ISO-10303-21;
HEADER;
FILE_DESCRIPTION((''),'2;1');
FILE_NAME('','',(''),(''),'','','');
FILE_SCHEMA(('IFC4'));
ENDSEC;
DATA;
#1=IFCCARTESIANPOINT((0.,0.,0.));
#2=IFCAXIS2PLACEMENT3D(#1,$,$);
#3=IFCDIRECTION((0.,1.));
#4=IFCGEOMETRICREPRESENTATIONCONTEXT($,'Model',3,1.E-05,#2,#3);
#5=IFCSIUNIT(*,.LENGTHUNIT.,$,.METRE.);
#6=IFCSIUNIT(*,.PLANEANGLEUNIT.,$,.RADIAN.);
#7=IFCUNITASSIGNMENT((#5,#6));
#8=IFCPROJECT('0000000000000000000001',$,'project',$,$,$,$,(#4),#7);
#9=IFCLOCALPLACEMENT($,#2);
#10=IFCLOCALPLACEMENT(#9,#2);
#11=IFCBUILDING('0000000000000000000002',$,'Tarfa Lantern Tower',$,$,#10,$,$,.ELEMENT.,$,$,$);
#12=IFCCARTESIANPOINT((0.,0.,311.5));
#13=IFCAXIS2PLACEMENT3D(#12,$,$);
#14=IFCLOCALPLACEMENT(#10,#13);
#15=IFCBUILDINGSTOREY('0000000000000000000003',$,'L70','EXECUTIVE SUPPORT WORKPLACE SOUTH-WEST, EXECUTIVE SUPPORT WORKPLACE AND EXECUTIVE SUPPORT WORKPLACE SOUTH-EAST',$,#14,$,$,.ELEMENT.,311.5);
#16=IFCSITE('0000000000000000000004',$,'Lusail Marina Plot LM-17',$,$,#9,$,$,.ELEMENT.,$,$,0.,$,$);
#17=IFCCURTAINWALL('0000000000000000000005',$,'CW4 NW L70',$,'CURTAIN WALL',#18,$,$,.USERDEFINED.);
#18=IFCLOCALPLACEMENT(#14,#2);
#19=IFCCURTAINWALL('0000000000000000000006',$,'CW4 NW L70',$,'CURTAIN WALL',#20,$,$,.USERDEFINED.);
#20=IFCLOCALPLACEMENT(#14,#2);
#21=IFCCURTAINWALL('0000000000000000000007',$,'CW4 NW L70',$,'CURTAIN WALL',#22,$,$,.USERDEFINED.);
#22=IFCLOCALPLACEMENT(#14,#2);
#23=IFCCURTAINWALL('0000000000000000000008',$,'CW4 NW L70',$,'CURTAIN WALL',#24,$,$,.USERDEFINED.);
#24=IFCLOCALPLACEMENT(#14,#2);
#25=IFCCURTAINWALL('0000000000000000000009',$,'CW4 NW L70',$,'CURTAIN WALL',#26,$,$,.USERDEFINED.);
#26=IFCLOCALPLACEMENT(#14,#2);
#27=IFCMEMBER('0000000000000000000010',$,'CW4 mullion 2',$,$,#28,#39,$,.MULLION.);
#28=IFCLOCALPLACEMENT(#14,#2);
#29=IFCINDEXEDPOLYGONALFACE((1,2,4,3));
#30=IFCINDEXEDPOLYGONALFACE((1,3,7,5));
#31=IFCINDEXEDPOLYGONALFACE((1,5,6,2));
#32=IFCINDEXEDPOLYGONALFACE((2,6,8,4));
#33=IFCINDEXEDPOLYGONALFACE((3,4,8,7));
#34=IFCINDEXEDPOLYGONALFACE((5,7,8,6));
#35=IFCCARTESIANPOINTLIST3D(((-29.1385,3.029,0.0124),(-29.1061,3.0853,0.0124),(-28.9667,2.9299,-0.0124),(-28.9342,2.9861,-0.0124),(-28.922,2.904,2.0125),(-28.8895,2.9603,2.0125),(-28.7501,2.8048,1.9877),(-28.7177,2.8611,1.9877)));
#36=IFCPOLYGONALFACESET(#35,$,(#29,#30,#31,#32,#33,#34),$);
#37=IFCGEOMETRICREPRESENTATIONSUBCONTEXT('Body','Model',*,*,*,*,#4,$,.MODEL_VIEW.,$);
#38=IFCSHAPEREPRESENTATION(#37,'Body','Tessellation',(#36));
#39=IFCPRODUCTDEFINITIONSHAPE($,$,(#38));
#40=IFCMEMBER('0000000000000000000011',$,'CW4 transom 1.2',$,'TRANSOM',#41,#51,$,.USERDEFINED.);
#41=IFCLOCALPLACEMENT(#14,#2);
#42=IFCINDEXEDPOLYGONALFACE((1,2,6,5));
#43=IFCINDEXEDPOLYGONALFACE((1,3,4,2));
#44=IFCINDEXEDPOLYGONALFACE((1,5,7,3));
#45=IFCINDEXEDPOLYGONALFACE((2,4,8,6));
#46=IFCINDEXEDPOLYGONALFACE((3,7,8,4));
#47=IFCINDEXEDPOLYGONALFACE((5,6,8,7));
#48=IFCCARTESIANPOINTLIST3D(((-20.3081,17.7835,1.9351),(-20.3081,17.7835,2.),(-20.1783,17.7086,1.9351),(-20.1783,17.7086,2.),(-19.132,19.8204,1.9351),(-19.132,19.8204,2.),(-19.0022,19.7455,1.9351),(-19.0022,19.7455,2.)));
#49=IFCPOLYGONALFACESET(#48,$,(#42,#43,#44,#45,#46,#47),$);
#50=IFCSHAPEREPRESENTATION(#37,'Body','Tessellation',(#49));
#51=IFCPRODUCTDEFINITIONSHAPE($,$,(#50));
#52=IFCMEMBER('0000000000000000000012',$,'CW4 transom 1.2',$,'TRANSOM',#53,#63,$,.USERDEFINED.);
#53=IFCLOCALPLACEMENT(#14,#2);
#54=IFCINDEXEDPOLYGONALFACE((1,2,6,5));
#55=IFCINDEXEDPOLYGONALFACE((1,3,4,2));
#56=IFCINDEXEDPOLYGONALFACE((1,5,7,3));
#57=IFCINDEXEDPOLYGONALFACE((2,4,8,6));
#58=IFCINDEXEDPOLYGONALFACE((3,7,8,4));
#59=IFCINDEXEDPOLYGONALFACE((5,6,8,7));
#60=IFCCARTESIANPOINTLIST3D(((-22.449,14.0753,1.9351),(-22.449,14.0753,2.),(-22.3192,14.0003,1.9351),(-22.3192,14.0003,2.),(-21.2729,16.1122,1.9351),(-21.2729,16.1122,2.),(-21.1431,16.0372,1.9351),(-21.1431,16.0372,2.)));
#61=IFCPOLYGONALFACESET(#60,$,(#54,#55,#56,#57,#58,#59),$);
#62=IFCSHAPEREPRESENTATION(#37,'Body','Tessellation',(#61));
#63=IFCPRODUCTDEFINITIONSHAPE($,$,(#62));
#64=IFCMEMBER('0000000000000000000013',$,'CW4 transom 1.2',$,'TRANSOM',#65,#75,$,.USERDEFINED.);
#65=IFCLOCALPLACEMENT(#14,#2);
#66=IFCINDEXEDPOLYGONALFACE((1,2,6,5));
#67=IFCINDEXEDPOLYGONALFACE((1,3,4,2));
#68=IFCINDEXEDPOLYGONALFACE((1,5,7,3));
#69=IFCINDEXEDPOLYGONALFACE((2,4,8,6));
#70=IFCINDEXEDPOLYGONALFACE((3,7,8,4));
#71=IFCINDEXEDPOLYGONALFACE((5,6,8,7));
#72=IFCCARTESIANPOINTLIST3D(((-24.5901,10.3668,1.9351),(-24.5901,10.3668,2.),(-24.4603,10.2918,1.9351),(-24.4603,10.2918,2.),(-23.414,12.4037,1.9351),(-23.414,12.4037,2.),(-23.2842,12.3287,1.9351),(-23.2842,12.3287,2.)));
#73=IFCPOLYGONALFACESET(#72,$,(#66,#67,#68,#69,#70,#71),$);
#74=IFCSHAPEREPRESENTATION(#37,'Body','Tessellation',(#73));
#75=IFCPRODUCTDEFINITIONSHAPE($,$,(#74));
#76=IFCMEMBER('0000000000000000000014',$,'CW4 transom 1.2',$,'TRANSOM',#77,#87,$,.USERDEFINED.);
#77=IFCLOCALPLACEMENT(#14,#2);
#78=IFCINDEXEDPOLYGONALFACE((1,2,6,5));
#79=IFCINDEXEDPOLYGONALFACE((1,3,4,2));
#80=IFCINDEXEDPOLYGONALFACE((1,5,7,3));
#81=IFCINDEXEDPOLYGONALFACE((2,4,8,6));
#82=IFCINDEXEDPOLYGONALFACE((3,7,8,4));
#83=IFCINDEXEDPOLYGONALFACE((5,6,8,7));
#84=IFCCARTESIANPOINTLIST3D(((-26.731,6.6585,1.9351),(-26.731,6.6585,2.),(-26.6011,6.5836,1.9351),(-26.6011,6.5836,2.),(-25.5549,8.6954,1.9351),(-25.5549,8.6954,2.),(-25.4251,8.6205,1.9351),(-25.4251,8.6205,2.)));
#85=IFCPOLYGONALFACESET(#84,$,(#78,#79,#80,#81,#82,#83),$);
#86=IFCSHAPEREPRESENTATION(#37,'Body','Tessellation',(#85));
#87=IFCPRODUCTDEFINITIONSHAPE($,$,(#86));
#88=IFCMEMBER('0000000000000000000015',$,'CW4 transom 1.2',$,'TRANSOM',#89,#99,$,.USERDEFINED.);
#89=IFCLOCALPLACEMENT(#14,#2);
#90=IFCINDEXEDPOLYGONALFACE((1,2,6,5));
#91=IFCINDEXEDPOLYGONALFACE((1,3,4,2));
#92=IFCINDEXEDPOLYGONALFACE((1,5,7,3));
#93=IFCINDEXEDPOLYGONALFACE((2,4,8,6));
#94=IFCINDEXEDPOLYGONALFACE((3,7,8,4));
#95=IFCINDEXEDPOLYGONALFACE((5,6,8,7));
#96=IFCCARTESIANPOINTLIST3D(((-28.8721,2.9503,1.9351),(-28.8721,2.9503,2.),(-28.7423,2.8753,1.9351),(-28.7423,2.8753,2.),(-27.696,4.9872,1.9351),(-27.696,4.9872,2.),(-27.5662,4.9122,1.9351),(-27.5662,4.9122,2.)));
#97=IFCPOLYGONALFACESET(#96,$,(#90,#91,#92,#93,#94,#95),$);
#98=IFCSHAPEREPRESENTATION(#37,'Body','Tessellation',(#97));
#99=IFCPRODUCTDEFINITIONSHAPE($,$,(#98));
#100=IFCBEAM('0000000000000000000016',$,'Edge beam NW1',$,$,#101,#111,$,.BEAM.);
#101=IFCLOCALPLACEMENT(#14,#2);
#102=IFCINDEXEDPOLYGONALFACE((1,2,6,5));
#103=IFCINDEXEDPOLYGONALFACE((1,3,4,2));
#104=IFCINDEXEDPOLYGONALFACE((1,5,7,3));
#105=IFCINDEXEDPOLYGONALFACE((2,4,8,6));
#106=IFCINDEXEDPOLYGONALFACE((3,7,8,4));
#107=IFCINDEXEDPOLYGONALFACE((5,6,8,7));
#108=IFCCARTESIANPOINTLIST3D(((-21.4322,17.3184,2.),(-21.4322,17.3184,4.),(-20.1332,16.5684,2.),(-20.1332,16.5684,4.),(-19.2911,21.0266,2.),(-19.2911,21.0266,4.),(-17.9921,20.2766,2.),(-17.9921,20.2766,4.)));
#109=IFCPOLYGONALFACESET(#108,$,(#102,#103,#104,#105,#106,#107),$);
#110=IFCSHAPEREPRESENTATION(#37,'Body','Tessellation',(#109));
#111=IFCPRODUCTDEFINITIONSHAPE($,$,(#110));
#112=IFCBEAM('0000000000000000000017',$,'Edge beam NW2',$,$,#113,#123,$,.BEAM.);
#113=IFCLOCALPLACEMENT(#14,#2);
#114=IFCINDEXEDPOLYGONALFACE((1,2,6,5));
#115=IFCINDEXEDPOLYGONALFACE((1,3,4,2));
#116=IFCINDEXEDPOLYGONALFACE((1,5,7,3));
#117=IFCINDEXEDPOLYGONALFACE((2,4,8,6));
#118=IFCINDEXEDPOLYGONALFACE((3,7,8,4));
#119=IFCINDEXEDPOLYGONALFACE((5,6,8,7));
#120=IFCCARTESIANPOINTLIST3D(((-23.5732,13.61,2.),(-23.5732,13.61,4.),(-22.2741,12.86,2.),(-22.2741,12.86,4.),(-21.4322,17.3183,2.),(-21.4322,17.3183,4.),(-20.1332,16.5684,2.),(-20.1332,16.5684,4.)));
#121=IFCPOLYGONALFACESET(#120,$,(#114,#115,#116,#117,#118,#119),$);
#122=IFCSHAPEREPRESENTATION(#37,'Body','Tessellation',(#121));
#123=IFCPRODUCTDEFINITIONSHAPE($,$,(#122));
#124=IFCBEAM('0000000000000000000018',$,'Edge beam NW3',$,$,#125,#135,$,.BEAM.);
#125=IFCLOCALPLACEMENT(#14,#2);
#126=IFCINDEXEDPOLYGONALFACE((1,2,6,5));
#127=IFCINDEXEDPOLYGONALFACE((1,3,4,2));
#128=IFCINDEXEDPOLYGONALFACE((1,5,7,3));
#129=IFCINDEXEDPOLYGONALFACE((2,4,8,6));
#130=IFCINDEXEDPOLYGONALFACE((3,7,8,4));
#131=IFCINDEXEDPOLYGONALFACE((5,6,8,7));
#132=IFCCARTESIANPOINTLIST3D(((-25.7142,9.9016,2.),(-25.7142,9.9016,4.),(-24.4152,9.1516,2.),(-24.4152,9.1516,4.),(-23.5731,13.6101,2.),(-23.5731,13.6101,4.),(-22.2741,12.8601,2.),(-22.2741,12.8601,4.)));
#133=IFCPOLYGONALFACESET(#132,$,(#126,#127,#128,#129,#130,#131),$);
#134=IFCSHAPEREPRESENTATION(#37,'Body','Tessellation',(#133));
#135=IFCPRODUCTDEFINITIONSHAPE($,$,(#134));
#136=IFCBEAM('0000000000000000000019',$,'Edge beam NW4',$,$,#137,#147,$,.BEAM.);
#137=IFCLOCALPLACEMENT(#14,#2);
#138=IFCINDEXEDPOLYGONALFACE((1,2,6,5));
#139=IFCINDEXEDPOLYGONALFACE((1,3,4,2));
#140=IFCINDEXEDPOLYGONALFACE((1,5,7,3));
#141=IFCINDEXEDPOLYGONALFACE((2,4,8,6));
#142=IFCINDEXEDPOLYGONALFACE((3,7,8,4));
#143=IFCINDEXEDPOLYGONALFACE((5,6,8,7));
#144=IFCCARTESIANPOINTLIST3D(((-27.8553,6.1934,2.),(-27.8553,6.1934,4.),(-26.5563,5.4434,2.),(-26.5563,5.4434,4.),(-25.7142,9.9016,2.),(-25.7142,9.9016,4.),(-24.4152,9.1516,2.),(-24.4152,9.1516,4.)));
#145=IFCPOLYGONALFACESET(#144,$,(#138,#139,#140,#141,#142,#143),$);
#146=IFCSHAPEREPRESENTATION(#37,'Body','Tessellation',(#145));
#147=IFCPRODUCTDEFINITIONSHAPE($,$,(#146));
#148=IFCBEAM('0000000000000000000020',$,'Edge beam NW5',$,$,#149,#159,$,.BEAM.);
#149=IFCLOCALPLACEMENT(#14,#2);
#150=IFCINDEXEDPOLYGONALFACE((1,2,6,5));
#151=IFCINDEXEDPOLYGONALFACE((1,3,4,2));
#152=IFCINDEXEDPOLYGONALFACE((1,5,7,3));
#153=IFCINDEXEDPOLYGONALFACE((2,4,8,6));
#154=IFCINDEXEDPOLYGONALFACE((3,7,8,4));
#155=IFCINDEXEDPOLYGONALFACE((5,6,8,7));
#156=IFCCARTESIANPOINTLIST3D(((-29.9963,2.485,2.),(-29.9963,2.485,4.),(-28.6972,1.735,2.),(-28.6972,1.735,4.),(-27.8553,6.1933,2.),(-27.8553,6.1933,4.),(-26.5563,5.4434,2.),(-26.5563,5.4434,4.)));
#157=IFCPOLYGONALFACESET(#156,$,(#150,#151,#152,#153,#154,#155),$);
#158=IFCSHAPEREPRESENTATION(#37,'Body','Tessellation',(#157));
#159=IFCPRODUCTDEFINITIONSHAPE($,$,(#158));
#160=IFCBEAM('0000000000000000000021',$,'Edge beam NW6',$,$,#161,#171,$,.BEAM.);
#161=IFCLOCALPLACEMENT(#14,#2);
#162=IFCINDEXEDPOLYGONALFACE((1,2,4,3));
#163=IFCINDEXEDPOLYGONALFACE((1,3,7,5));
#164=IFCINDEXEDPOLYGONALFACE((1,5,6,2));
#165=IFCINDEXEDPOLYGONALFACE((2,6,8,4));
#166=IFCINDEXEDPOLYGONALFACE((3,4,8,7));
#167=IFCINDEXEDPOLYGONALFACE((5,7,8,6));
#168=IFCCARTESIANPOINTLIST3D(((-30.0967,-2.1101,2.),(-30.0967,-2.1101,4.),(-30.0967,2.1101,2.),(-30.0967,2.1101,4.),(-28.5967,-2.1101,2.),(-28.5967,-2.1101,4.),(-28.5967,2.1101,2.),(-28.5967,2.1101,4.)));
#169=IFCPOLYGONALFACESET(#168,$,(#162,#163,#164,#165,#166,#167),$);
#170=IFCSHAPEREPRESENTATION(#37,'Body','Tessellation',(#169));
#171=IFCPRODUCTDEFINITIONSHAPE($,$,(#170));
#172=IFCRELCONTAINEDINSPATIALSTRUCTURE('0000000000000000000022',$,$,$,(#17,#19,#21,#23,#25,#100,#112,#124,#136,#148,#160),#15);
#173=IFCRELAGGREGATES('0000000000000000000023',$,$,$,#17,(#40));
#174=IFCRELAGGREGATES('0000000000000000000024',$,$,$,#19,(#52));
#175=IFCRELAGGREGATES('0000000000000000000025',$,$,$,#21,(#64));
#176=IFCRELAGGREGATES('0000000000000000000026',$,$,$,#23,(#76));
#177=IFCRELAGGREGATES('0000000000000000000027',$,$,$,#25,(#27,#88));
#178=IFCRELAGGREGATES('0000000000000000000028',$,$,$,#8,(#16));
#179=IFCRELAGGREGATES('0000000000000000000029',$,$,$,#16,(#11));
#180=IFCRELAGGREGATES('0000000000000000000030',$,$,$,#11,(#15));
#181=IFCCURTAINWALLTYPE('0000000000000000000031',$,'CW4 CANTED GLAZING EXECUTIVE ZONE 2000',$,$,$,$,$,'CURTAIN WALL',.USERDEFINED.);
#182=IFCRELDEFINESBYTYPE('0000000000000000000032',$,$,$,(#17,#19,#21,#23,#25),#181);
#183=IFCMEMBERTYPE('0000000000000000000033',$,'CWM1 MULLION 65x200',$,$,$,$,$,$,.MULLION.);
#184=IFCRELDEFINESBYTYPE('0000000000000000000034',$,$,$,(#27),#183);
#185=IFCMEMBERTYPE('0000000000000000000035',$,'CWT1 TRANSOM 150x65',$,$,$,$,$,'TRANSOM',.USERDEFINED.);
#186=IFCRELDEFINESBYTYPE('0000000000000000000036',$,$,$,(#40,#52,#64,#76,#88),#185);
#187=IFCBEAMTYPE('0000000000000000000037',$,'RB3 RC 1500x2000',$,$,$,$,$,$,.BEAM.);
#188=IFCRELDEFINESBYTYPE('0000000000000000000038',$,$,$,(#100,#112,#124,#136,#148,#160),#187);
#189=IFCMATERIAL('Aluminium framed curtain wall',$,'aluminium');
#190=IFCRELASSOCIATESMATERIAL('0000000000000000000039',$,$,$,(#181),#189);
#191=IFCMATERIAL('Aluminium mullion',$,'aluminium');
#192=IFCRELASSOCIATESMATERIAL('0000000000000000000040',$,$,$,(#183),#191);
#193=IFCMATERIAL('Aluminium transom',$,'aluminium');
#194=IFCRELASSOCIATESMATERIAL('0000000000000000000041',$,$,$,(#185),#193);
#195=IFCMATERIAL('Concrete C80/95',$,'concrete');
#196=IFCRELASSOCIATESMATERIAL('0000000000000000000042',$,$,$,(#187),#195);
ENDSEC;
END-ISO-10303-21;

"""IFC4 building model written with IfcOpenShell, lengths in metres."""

from ifc_helpers import new_model, si_unit, direction, frame, origin, origin_2d, place, context, subcontext, project, spatial, rectangle, extrude, material, material_profile, profile_set, type_object, element, aggregate, save


model = new_model("IFC4")

# Units and contexts
model_context = context("Model", 3, precision=1e-05, world=origin(), true_north=direction((0.0, 1.0)))
body_context = subcontext(model_context, "Body", "Model", "MODEL_VIEW")
ifc_project = project(units=[si_unit("LENGTHUNIT", "METRE"), si_unit("PLANEANGLEUNIT", "RADIAN")], contexts=[model_context])

# Site, building, storey
site_placement = place(None, origin())
site = spatial("IfcSite", under=ifc_project, at=site_placement, Name="Lusail Marina Plot LM-17", CompositionType="ELEMENT", RefElevation=0.0)
building_placement = place(site_placement, origin())
building = spatial("IfcBuilding", under=site, at=building_placement, Name="Tarfa Lantern Tower", CompositionType="ELEMENT")
storey_placement = place(building_placement, frame((0.0, 0.0, 311.5)))
storey = spatial("IfcBuildingStorey", under=building, at=storey_placement, Name="L70", Description="EXECUTIVE SUPPORT WORKPLACE SOUTH-WEST, EXECUTIVE SUPPORT WORKPLACE AND EXECUTIVE SUPPORT WORKPLACE SOUTH-EAST", CompositionType="ELEMENT", Elevation=311.5)

# Curtain walls, member
ifc_material_1 = material(Name="Aluminium framed curtain wall", Category="aluminium")
curtain_wall_type = type_object("IfcCurtainWallType", Name="CW4 CANTED GLAZING EXECUTIVE ZONE 2000", ElementType="CURTAIN WALL", PredefinedType="USERDEFINED", material=ifc_material_1)
curtain_wall_1_placement = place(storey_placement, origin())
curtain_wall_1 = element("IfcCurtainWall", 1, at=curtain_wall_1_placement, inside=storey, type_object=curtain_wall_type, Name="CW4 NW L70", ObjectType="CURTAIN WALL", PredefinedType="USERDEFINED")
ifc_material_2 = material(Name="Aluminium mullion", Category="aluminium")
ifc_material_profile_1 = material_profile(ifc_material_2, rectangle(XDim=0.0649, YDim=0.2, at=origin_2d()), Name="AL MULLION 65x200")
ifc_profile_set_1 = profile_set([ifc_material_profile_1], Name="Aluminium mullion")
member_type_1 = type_object("IfcMemberType", Name="CWM1 MULLION 65x200", PredefinedType="MULLION", material=ifc_profile_set_1)
curtain_wall_2_placement = place(storey_placement, origin())
curtain_wall_2 = element("IfcCurtainWall", 2, at=curtain_wall_2_placement, inside=storey, type_object=curtain_wall_type, Name="CW4 NW L70", ObjectType="CURTAIN WALL", PredefinedType="USERDEFINED")
curtain_wall_3_placement = place(storey_placement, origin())
curtain_wall_3 = element("IfcCurtainWall", 3, at=curtain_wall_3_placement, inside=storey, type_object=curtain_wall_type, Name="CW4 NW L70", ObjectType="CURTAIN WALL", PredefinedType="USERDEFINED")
curtain_wall_4_placement = place(storey_placement, origin())
curtain_wall_4 = element("IfcCurtainWall", 4, at=curtain_wall_4_placement, inside=storey, type_object=curtain_wall_type, Name="CW4 NW L70", ObjectType="CURTAIN WALL", PredefinedType="USERDEFINED")
curtain_wall_5_placement = place(storey_placement, origin())
curtain_wall_5 = element("IfcCurtainWall", 5, at=curtain_wall_5_placement, inside=storey, type_object=curtain_wall_type, Name="CW4 NW L70", ObjectType="CURTAIN WALL", PredefinedType="USERDEFINED")
member_1_placement = place(storey_placement, frame((-29.0364, 3.0076, 0.0), z_axis=(0.10744, -0.062017, 0.992275), x_axis=(0.49992, 0.866072, 0.0)))
member_1 = element("IfcMember", 6, at=member_1_placement, type_object=member_type_1, Name="CW4 mullion 2", PredefinedType="MULLION", context=body_context, shape_type="SweptSolid", body=[
    extrude(rectangle(XDim=0.0649, YDim=0.2, at=origin_2d()), origin(), (0.0, 0.0, 1.0), 2.0156),
])

# Members
ifc_material_3 = material(Name="Aluminium transom", Category="aluminium")
ifc_material_profile_2 = material_profile(ifc_material_3, rectangle(XDim=0.1499, YDim=0.0649, at=origin_2d()), Name="AL TRANSOM 150x65")
ifc_profile_set_2 = profile_set([ifc_material_profile_2], Name="Aluminium transom")
member_type_2 = type_object("IfcMemberType", Name="CWT1 TRANSOM 150x65", ElementType="TRANSOM", PredefinedType="USERDEFINED", material=ifc_profile_set_2)
member_2_placement = place(storey_placement, frame((-19.0671, 19.783, 1.9675), z_axis=(-0.500013, -0.866018, 0.0), x_axis=(0.866018, -0.500013, 0.0)))
member_2 = element("IfcMember", 7, at=member_2_placement, type_object=member_type_2, Name="CW4 transom 1.2", ObjectType="TRANSOM", PredefinedType="USERDEFINED", context=body_context, shape_type="SweptSolid", body=[
    extrude(rectangle(XDim=0.1499, YDim=0.0649, at=origin_2d()), origin(), (0.0, 0.0, 1.0), 2.3521),
])
member_3_placement = place(storey_placement, frame((-21.208, 16.0747, 1.9675), z_axis=(-0.500013, -0.866018, 0.0), x_axis=(0.866018, -0.500013, 0.0)))
member_3 = element("IfcMember", 8, at=member_3_placement, type_object=member_type_2, Name="CW4 transom 1.2", ObjectType="TRANSOM", PredefinedType="USERDEFINED", context=body_context, shape_type="SweptSolid", body=[
    extrude(rectangle(XDim=0.1499, YDim=0.0649, at=origin_2d()), origin(), (0.0, 0.0, 1.0), 2.3521),
])
member_4_placement = place(storey_placement, frame((-23.3491, 12.3662, 1.9675), z_axis=(-0.500013, -0.866018, 0.0), x_axis=(0.866018, -0.500013, 0.0)))
member_4 = element("IfcMember", 9, at=member_4_placement, type_object=member_type_2, Name="CW4 transom 1.2", ObjectType="TRANSOM", PredefinedType="USERDEFINED", context=body_context, shape_type="SweptSolid", body=[
    extrude(rectangle(XDim=0.1499, YDim=0.0649, at=origin_2d()), origin(), (0.0, 0.0, 1.0), 2.3521),
])
member_5_placement = place(storey_placement, frame((-25.49, 8.658, 1.9675), z_axis=(-0.500013, -0.866018, 0.0), x_axis=(0.866018, -0.500013, 0.0)))
member_5 = element("IfcMember", 10, at=member_5_placement, type_object=member_type_2, Name="CW4 transom 1.2", ObjectType="TRANSOM", PredefinedType="USERDEFINED", context=body_context, shape_type="SweptSolid", body=[
    extrude(rectangle(XDim=0.1499, YDim=0.0649, at=origin_2d()), origin(), (0.0, 0.0, 1.0), 2.3521),
])
member_6_placement = place(storey_placement, frame((-27.6311, 4.9497, 1.9675), z_axis=(-0.500013, -0.866018, 0.0), x_axis=(0.866018, -0.500013, 0.0)))
member_6 = element("IfcMember", 11, at=member_6_placement, type_object=member_type_2, Name="CW4 transom 1.2", ObjectType="TRANSOM", PredefinedType="USERDEFINED", context=body_context, shape_type="SweptSolid", body=[
    extrude(rectangle(XDim=0.1499, YDim=0.0649, at=origin_2d()), origin(), (0.0, 0.0, 1.0), 2.3521),
])

# Beams
ifc_material_4 = material(Name="Concrete C80/95", Category="concrete")
ifc_material_profile_3 = material_profile(ifc_material_4, rectangle(XDim=1.5, YDim=2.0, at=origin_2d()), Name="RC 1500x2000")
ifc_profile_set_3 = profile_set([ifc_material_profile_3], Name="Concrete C80/95")
beam_type_1 = type_object("IfcBeamType", Name="RB3 RC 1500x2000", PredefinedType="BEAM", material=ifc_profile_set_3)
for number, where, z_axis, x_axis, name in (
    (12, (-18.6416, 20.6516, 3.0), (-0.500027, -0.86601, 0.0), (0.86601, -0.500027, 0.0), "Edge beam NW1"),
    (13, (-20.7827, 16.9434, 3.0), (-0.499984, -0.866035, 0.0), (0.866035, -0.499984, 0.0), "Edge beam NW2"),
):
    element("IfcBeam", number, at=place(storey_placement, frame(where, z_axis=z_axis, x_axis=x_axis)), inside=storey, type_object=beam_type_1, Name=name, PredefinedType="BEAM", context=body_context, shape_type="SweptSolid", body=[
        extrude(rectangle(XDim=1.5, YDim=2.0, at=origin_2d()), origin(), (0.0, 0.0, 1.0), 4.282),
    ])
beam_1_placement = place(storey_placement, frame((-22.9236, 13.2351, 3.0), z_axis=(-0.500002, -0.866024, 0.0), x_axis=(0.866024, -0.500002, 0.0)))
element("IfcBeam", 14, at=beam_1_placement, inside=storey, type_object=beam_type_1, Name="Edge beam NW3", PredefinedType="BEAM", context=body_context, shape_type="SweptSolid", body=[
    extrude(rectangle(XDim=1.5, YDim=2.0, at=origin_2d()), origin(), (0.0, 0.0, 1.0), 4.2822),
])
for number, where, z_axis, x_axis, name in (
    (15, (-25.0647, 9.5266, 3.0), (-0.500027, -0.86601, 0.0), (0.86601, -0.500027, 0.0), "Edge beam NW4"),
    (16, (-27.2058, 5.8184, 3.0), (-0.499984, -0.866035, 0.0), (0.866035, -0.499984, 0.0), "Edge beam NW5"),
):
    element("IfcBeam", number, at=place(storey_placement, frame(where, z_axis=z_axis, x_axis=x_axis)), inside=storey, type_object=beam_type_1, Name=name, PredefinedType="BEAM", context=body_context, shape_type="SweptSolid", body=[
        extrude(rectangle(XDim=1.5, YDim=2.0, at=origin_2d()), origin(), (0.0, 0.0, 1.0), 4.282),
    ])
beam_2_placement = place(storey_placement, frame((-29.3467, 2.1101, 3.0), z_axis=(0.0, -1.0, 0.0), x_axis=(1.0, 0.0, 0.0)))
element("IfcBeam", 17, at=beam_2_placement, inside=storey, type_object=beam_type_1, Name="Edge beam NW6", PredefinedType="BEAM", context=body_context, shape_type="SweptSolid", body=[
    extrude(rectangle(XDim=1.5, YDim=2.0, at=origin_2d()), origin(), (0.0, 0.0, 1.0), 4.2202),
])

aggregate(curtain_wall_1, [member_2])
aggregate(curtain_wall_2, [member_3])
aggregate(curtain_wall_3, [member_4])
aggregate(curtain_wall_4, [member_5])
aggregate(curtain_wall_5, [member_1, member_6])

save(model, "model.ifc")
